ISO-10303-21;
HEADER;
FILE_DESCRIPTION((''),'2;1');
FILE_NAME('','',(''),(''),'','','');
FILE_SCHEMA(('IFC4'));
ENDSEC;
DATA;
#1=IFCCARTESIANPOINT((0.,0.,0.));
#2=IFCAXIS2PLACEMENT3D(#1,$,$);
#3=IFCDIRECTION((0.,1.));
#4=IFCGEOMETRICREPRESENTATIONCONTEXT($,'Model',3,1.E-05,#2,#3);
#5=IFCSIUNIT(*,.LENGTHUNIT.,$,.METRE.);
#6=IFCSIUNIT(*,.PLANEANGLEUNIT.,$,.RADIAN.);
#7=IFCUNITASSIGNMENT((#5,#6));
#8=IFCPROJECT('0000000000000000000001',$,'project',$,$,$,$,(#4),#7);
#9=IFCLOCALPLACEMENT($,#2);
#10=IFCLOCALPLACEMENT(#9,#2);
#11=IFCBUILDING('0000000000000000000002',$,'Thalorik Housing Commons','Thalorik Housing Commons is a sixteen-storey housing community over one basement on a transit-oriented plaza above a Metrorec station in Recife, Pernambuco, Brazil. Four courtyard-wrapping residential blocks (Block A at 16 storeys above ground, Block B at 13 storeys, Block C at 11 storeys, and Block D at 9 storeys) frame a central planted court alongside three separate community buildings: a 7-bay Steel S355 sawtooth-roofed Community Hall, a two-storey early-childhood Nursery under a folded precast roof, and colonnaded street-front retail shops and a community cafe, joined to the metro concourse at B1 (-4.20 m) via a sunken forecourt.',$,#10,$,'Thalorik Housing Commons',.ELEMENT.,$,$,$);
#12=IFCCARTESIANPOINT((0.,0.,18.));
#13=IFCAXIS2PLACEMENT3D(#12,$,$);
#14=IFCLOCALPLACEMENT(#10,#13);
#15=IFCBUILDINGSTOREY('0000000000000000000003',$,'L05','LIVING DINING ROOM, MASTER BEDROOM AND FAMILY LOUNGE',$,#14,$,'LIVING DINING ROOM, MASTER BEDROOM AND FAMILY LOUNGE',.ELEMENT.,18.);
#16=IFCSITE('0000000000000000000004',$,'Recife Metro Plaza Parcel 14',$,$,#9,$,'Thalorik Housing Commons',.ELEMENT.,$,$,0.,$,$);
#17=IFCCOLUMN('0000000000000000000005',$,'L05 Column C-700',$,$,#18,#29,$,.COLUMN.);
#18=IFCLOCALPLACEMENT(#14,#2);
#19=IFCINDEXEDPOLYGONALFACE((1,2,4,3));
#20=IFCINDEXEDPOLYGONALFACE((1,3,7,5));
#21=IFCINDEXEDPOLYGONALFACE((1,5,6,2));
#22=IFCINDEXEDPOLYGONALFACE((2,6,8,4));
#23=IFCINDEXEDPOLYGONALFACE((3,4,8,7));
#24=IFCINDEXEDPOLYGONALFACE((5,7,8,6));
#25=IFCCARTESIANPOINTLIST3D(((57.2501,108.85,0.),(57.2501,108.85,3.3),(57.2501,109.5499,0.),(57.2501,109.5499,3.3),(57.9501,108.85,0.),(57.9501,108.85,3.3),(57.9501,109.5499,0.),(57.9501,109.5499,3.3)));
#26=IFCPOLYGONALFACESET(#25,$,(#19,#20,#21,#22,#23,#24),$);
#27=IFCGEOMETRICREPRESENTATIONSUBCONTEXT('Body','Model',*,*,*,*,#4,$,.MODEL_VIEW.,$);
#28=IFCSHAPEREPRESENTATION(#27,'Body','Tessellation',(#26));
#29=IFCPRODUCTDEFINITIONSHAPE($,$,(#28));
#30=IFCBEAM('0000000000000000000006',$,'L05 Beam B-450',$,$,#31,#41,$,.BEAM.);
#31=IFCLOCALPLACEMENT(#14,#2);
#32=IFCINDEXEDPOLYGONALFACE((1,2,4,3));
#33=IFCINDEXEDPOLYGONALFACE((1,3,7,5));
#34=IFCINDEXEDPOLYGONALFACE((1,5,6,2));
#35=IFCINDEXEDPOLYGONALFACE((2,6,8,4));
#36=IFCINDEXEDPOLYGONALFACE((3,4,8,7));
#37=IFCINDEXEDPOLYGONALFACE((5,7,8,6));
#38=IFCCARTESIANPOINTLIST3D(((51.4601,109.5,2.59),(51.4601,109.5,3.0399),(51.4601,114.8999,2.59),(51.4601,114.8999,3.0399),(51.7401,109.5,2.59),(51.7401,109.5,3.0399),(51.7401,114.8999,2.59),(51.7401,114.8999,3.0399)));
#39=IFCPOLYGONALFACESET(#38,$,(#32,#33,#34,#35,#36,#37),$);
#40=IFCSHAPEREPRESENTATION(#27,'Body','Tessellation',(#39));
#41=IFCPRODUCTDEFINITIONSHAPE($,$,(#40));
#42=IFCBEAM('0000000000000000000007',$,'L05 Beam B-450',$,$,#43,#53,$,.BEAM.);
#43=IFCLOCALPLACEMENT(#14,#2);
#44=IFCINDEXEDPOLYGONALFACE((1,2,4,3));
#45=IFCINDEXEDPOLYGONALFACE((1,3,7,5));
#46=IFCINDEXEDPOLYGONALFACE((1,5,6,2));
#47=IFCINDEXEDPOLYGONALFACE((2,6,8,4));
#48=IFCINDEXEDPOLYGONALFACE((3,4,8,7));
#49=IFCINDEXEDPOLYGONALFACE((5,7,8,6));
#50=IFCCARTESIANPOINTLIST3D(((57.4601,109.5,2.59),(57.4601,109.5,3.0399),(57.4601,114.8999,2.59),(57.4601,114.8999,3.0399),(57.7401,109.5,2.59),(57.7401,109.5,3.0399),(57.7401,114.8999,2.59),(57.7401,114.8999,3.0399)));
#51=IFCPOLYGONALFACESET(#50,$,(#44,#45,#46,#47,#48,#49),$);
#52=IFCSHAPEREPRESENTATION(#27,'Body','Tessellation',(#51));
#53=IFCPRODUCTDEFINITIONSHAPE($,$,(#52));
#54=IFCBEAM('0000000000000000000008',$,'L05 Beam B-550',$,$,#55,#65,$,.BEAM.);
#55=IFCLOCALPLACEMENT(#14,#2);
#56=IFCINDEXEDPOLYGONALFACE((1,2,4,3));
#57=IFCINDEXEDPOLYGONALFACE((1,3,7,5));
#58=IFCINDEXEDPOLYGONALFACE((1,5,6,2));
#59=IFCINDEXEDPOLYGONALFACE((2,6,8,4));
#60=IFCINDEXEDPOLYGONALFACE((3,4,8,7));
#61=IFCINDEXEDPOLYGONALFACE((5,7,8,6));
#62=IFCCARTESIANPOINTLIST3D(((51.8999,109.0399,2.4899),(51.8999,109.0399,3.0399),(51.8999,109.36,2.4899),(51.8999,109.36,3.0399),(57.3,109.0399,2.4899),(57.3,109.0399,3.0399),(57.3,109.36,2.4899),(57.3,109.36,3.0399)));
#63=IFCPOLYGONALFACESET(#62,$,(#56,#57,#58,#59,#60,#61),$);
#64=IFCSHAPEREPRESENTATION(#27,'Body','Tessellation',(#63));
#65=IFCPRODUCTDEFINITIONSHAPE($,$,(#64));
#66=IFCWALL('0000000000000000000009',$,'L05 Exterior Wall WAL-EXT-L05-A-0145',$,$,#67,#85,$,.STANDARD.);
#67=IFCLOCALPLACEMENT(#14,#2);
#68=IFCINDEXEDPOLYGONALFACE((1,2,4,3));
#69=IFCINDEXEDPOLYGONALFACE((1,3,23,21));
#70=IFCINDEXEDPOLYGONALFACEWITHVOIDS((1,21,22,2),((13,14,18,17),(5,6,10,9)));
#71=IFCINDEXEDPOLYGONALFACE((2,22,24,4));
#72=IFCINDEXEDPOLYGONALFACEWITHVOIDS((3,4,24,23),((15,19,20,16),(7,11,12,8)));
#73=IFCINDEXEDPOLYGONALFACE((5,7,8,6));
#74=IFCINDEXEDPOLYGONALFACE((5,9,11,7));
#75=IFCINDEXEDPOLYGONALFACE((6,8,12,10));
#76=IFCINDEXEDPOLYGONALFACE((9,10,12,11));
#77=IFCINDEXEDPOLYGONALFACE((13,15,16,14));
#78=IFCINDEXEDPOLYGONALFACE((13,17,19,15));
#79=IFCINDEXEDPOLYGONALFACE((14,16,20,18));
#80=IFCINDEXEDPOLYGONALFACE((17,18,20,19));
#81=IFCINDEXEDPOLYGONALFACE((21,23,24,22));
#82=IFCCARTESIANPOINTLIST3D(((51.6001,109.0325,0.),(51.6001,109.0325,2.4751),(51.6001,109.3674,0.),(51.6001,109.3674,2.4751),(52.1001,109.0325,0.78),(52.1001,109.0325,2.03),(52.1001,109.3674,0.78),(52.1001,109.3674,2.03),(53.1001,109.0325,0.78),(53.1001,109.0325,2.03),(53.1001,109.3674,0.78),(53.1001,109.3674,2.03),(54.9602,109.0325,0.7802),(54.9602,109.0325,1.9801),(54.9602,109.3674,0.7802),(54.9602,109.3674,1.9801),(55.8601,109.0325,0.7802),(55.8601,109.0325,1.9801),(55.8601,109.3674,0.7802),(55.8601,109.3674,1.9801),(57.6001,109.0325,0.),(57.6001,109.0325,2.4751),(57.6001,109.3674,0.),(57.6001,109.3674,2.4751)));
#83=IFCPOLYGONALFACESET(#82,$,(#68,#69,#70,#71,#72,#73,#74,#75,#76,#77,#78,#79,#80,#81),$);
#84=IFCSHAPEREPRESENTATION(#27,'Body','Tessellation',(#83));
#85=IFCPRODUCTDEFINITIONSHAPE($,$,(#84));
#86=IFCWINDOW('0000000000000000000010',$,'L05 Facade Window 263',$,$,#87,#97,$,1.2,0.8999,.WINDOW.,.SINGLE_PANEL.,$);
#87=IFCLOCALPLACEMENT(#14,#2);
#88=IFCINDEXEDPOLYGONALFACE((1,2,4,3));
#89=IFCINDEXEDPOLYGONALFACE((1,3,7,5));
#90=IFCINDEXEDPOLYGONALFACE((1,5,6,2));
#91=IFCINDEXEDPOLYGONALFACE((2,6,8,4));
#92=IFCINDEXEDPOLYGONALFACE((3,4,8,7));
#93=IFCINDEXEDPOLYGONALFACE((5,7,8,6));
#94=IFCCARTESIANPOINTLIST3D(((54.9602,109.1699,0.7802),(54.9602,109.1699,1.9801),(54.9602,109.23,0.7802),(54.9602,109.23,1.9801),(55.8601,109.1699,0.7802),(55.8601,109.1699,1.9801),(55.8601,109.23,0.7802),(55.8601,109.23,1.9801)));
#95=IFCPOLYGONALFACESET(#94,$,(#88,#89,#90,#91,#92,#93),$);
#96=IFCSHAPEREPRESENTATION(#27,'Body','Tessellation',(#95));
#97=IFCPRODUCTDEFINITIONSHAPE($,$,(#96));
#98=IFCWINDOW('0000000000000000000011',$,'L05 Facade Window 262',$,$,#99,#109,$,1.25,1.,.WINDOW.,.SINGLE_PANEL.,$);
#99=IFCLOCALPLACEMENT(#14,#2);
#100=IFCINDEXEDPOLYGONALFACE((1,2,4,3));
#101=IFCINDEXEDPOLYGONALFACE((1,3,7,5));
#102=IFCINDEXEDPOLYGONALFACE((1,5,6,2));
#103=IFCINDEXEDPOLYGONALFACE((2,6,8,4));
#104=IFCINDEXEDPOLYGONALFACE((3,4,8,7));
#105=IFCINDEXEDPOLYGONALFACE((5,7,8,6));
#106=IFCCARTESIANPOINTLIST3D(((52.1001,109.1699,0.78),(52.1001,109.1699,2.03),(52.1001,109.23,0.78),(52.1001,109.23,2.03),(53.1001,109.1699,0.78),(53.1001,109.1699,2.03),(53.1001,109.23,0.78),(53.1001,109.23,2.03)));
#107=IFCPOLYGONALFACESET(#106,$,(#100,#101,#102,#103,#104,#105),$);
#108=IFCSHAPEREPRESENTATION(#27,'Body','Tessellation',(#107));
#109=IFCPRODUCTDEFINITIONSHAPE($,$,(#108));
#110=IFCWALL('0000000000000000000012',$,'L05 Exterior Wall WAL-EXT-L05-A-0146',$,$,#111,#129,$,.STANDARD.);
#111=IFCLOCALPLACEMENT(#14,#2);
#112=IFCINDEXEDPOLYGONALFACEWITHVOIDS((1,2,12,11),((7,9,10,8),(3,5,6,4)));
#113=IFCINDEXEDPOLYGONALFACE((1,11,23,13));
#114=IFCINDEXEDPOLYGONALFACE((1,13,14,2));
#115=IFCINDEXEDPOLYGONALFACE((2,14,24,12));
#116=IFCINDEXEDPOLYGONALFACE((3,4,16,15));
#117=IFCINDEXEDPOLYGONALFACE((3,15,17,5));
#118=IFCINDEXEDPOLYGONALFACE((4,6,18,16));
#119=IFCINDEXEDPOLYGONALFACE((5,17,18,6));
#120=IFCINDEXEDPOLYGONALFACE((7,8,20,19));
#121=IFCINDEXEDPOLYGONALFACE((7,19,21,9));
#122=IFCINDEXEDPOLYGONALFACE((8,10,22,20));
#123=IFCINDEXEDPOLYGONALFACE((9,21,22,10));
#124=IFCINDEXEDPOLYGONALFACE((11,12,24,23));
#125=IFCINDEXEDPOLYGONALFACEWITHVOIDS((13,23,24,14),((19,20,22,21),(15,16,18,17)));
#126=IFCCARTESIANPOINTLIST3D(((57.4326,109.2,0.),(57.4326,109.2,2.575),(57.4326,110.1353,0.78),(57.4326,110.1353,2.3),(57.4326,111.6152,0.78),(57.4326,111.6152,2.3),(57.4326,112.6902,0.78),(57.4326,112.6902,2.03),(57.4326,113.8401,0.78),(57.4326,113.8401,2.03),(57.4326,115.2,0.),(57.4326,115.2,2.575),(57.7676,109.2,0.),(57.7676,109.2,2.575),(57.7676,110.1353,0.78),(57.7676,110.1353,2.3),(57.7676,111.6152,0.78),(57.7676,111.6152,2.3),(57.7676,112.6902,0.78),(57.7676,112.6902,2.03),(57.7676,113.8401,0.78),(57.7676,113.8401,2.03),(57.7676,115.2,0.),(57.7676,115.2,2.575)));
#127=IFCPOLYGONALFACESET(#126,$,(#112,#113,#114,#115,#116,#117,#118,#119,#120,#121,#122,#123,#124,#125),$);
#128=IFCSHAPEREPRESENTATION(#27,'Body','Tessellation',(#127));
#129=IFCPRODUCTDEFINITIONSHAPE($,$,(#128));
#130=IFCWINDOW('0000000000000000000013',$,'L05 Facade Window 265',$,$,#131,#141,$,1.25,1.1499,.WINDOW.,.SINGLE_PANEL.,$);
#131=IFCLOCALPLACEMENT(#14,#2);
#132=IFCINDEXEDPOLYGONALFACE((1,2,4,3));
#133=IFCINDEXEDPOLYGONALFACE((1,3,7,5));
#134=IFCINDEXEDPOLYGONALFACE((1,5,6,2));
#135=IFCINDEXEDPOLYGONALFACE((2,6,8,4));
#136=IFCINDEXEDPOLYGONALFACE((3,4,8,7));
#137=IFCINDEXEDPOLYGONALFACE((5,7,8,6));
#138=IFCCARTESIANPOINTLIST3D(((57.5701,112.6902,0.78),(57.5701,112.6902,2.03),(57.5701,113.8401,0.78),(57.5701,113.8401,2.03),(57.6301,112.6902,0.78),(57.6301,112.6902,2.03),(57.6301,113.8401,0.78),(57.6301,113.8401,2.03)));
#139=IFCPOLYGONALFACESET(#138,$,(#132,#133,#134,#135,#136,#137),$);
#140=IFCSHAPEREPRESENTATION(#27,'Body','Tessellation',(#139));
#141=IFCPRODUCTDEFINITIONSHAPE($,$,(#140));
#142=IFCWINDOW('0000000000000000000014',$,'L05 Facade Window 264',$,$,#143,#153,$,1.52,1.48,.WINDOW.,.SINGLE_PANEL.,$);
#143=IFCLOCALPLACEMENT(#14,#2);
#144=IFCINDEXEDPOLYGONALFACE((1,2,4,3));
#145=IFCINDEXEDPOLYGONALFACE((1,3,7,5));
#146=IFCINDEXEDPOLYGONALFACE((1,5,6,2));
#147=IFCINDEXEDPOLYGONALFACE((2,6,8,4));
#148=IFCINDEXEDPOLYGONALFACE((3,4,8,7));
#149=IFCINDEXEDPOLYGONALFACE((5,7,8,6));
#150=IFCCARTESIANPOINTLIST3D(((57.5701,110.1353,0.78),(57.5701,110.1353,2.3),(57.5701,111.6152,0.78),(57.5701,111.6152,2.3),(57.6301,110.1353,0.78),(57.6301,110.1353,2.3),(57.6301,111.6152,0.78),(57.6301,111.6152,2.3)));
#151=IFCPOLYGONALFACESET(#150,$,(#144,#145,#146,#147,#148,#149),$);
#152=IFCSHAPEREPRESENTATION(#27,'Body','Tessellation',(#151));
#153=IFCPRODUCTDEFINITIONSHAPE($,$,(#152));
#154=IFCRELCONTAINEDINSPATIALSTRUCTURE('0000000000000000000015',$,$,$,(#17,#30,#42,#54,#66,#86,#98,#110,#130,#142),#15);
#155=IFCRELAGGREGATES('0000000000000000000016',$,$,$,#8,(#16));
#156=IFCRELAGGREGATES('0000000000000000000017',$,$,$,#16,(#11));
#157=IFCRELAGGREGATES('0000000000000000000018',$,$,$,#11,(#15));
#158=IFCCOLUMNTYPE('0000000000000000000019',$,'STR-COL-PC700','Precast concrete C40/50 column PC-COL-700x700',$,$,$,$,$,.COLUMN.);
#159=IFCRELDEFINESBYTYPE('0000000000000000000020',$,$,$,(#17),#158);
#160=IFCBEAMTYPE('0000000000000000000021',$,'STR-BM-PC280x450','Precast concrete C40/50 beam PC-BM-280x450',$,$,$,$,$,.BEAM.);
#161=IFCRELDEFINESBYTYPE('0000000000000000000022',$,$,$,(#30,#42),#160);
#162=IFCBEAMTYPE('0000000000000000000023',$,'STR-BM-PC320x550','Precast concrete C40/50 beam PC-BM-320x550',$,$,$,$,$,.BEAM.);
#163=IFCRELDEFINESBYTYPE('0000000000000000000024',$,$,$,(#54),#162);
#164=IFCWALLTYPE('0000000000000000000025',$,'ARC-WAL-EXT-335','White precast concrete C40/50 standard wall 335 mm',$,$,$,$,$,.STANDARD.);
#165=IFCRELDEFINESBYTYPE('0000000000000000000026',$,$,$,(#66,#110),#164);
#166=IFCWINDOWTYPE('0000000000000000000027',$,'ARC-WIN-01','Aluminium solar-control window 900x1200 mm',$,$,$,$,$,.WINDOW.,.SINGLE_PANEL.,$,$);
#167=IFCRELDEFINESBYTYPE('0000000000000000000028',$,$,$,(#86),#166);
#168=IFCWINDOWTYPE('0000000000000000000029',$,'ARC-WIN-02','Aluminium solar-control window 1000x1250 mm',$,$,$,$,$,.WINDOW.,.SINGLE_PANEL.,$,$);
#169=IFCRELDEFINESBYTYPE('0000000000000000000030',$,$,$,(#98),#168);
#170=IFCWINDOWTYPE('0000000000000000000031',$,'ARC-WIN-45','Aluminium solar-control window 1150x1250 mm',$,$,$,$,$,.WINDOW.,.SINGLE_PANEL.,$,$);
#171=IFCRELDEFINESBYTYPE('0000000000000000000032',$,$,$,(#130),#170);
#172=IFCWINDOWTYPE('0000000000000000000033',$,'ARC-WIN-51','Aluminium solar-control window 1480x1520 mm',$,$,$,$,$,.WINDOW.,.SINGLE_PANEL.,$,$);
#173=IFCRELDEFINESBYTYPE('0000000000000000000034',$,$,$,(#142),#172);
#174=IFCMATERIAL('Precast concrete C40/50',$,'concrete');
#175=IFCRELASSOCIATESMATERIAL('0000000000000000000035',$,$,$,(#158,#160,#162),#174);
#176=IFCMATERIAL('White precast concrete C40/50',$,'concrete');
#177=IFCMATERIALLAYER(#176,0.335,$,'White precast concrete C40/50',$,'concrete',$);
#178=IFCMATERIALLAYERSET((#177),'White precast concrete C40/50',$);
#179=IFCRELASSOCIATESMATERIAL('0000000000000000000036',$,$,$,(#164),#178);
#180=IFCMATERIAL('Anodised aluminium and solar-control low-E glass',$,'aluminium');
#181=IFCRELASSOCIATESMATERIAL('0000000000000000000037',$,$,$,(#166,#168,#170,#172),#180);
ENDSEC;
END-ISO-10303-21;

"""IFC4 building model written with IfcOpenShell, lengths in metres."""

from ifc_helpers import new_model, si_unit, direction, frame, frame_2d, origin, origin_2d, place, context, subcontext, project, spatial, rectangle, extrude, material, layer, layer_set, material_profile, profile_set, type_object, element, fill, save


model = new_model("IFC4")

# Units and contexts
model_context = context("Model", 3, precision=1e-05, world=origin(), true_north=direction((0.0, 1.0)))
body_context = subcontext(model_context, "Body", "Model", "MODEL_VIEW")
ifc_project = project(units=[si_unit("LENGTHUNIT", "METRE"), si_unit("PLANEANGLEUNIT", "RADIAN")], contexts=[model_context])

# Site, building, storey
site_placement = place(None, origin())
site = spatial("IfcSite", under=ifc_project, at=site_placement, Name="Recife Metro Plaza Parcel 14", LongName="Thalorik Housing Commons", CompositionType="ELEMENT", RefElevation=0.0)
building_placement = place(site_placement, origin())
building = spatial("IfcBuilding", under=site, at=building_placement, Name="Thalorik Housing Commons", Description="Thalorik Housing Commons is a sixteen-storey housing community over one basement on a transit-oriented plaza above a Metrorec station in Recife, Pernambuco, Brazil. Four courtyard-wrapping residential blocks (Block A at 16 storeys above ground, Block B at 13 storeys, Block C at 11 storeys, and Block D at 9 storeys) frame a central planted court alongside three separate community buildings: a 7-bay Steel S355 sawtooth-roofed Community Hall, a two-storey early-childhood Nursery under a folded precast roof, and colonnaded street-front retail shops and a community cafe, joined to the metro concourse at B1 (-4.20 m) via a sunken forecourt.", LongName="Thalorik Housing Commons", CompositionType="ELEMENT")
storey_placement = place(building_placement, frame((0.0, 0.0, 18.0)))
storey = spatial("IfcBuildingStorey", under=building, at=storey_placement, Name="L05", Description="LIVING DINING ROOM, MASTER BEDROOM AND FAMILY LOUNGE", LongName="LIVING DINING ROOM, MASTER BEDROOM AND FAMILY LOUNGE", CompositionType="ELEMENT", Elevation=18.0)

# Column
ifc_material_1 = material(Name="Precast concrete C40/50", Category="concrete")
ifc_material_profile_1 = material_profile(ifc_material_1, rectangle(XDim=0.7, YDim=0.7, at=origin_2d()), Name="PC 700x700", Category="concrete")
ifc_profile_set_1 = profile_set([ifc_material_profile_1], Name="Precast concrete C40/50")
column_type = type_object("IfcColumnType", Name="STR-COL-PC700", Description="Precast concrete C40/50 column PC-COL-700x700", PredefinedType="COLUMN", material=ifc_profile_set_1)
column_placement = place(storey_placement, frame((57.6001, 109.2, 0.0), z_axis=(0.0, 0.0, 1.0), x_axis=(1.0, 0.0, 0.0)))
element("IfcColumn", 1, at=column_placement, inside=storey, type_object=column_type, Name="L05 Column C-700", PredefinedType="COLUMN", context=body_context, shape_type="SweptSolid", body=[
    extrude(rectangle(XDim=0.7, YDim=0.7, at=origin_2d()), origin(), (0.0, 0.0, 1.0), 3.3),
])

# Beams
ifc_material_profile_2 = material_profile(ifc_material_1, rectangle(XDim=0.28, YDim=0.45, at=origin_2d()), Name="PC 280x450", Category="concrete")
ifc_profile_set_2 = profile_set([ifc_material_profile_2], Name="Precast concrete C40/50")
beam_type_1 = type_object("IfcBeamType", Name="STR-BM-PC280x450", Description="Precast concrete C40/50 beam PC-BM-280x450", PredefinedType="BEAM", material=ifc_profile_set_2)
for number, where, z_axis, x_axis, name in (
    (2, (51.6001, 109.5, 2.8149), (0.0, 1.0, 0.0), (-1.0, 0.0, 0.0), "L05 Beam B-450"),
    (3, (57.6001, 109.5, 2.8149), (0.0, 1.0, 0.0), (-1.0, 0.0, 0.0), "L05 Beam B-450"),
):
    element("IfcBeam", number, at=place(storey_placement, frame(where, z_axis=z_axis, x_axis=x_axis)), inside=storey, type_object=beam_type_1, Name=name, PredefinedType="BEAM", context=body_context, shape_type="SweptSolid", body=[
        extrude(rectangle(XDim=0.28, YDim=0.45, at=origin_2d()), origin(), (0.0, 0.0, 1.0), 5.3999),
    ])
ifc_material_profile_3 = material_profile(ifc_material_1, rectangle(XDim=0.3201, YDim=0.55, at=origin_2d()), Name="PC 320x550", Category="concrete")
ifc_profile_set_3 = profile_set([ifc_material_profile_3], Name="Precast concrete C40/50")
beam_type_2 = type_object("IfcBeamType", Name="STR-BM-PC320x550", Description="Precast concrete C40/50 beam PC-BM-320x550", PredefinedType="BEAM", material=ifc_profile_set_3)
beam_placement = place(storey_placement, frame((51.8999, 109.2, 2.7649), z_axis=(1.0, 0.0, 0.0), x_axis=(0.0, 1.0, 0.0)))
element("IfcBeam", 4, at=beam_placement, inside=storey, type_object=beam_type_2, Name="L05 Beam B-550", PredefinedType="BEAM", context=body_context, shape_type="SweptSolid", body=[
    extrude(rectangle(XDim=0.3201, YDim=0.55, at=origin_2d()), origin(), (0.0, 0.0, 1.0), 5.4001),
])

# Walls, openings, windows
ifc_material_2 = material(Name="White precast concrete C40/50", Category="concrete")
ifc_layer_1 = layer(ifc_material_2, 0.335, Name="White precast concrete C40/50", Category="concrete")
ifc_layer_set_1 = layer_set([ifc_layer_1], Name="White precast concrete C40/50")
wall_type_1 = type_object("IfcWallType", Name="ARC-WAL-EXT-335", Description="White precast concrete C40/50 standard wall 335 mm", PredefinedType="STANDARD", material=ifc_layer_set_1)
wall_1_placement = place(storey_placement, frame((51.6001, 109.2, 0.0), z_axis=(0.0, 0.0, 1.0), x_axis=(1.0, 0.0, 0.0)))
wall_1 = element("IfcWall", 5, at=wall_1_placement, inside=storey, type_object=wall_type_1, Name="L05 Exterior Wall WAL-EXT-L05-A-0145", PredefinedType="STANDARD", context=body_context, shape_type="SweptSolid", body=[
    extrude(rectangle(XDim=6.0, YDim=0.335, at=frame_2d((3.0, 0.0))), origin(), (0.0, 0.0, 1.0), 2.4751),
])
opening_1_placement = place(wall_1_placement, frame((0.5, 0.0, 0.78)))
opening_1 = element("IfcOpeningElement", 6, at=opening_1_placement, cuts=wall_1, PredefinedType="OPENING", context=body_context, shape_type="SweptSolid", body=[
    extrude(rectangle(XDim=1.0, YDim=1.25, at=frame_2d((0.5, 0.625))), frame((0.0, 0.1775, 0.0), z_axis=(0.0, -1.0, 0.0), x_axis=(1.0, 0.0, 0.0)), (0.0, 0.0, 1.0), 0.355),
])
opening_2_placement = place(wall_1_placement, frame((3.3601, 0.0, 0.78)))
opening_2 = element("IfcOpeningElement", 7, at=opening_2_placement, cuts=wall_1, PredefinedType="OPENING", context=body_context, shape_type="SweptSolid", body=[
    extrude(rectangle(XDim=0.8999, YDim=1.2, at=frame_2d((0.45, 0.6001))), frame((0.0, 0.1775, 0.0), z_axis=(0.0, -1.0, 0.0), x_axis=(1.0, 0.0, 0.0)), (0.0, 0.0, 1.0), 0.355),
])
ifc_material_3 = material(Name="Anodised aluminium and solar-control low-E glass", Category="aluminium")
window_type_1 = type_object("IfcWindowType", Name="ARC-WIN-01", Description="Aluminium solar-control window 900x1200 mm", PartitioningType="SINGLE_PANEL", PredefinedType="WINDOW", material=ifc_material_3)
window_1_placement = place(opening_2_placement, origin())
window_1 = element("IfcWindow", 8, at=window_1_placement, inside=storey, type_object=window_type_1, Name="L05 Facade Window 263", OverallHeight=1.2, OverallWidth=0.8999, PartitioningType="SINGLE_PANEL", PredefinedType="WINDOW", context=body_context, shape_type="SweptSolid", body=[
    extrude(rectangle(XDim=0.8999, YDim=1.2, at=frame_2d((0.45, 0.6001))), frame((0.0, 0.03, 0.0), z_axis=(0.0, -1.0, 0.0), x_axis=(1.0, 0.0, 0.0)), (0.0, 0.0, 1.0), 0.0601),
])
fill(opening_2, window_1)
window_type_2 = type_object("IfcWindowType", Name="ARC-WIN-02", Description="Aluminium solar-control window 1000x1250 mm", PartitioningType="SINGLE_PANEL", PredefinedType="WINDOW", material=ifc_material_3)
window_2_placement = place(opening_1_placement, origin())
window_2 = element("IfcWindow", 9, at=window_2_placement, inside=storey, type_object=window_type_2, Name="L05 Facade Window 262", OverallHeight=1.25, OverallWidth=1.0, PartitioningType="SINGLE_PANEL", PredefinedType="WINDOW", context=body_context, shape_type="SweptSolid", body=[
    extrude(rectangle(XDim=1.0, YDim=1.25, at=frame_2d((0.5, 0.625))), frame((0.0, 0.03, 0.0), z_axis=(0.0, -1.0, 0.0), x_axis=(1.0, 0.0, 0.0)), (0.0, 0.0, 1.0), 0.0601),
])
fill(opening_1, window_2)
wall_2_placement = place(storey_placement, frame((57.6001, 109.2, 0.0), z_axis=(0.0, 0.0, 1.0), x_axis=(0.0, 1.0, 0.0)))
wall_2 = element("IfcWall", 10, at=wall_2_placement, inside=storey, type_object=wall_type_1, Name="L05 Exterior Wall WAL-EXT-L05-A-0146", PredefinedType="STANDARD", context=body_context, shape_type="SweptSolid", body=[
    extrude(rectangle(XDim=6.0, YDim=0.335, at=frame_2d((3.0, 0.0))), origin(), (0.0, 0.0, 1.0), 2.575),
])
opening_3_placement = place(wall_2_placement, frame((0.9353, 0.0, 0.78)))
opening_3 = element("IfcOpeningElement", 11, at=opening_3_placement, cuts=wall_2, PredefinedType="OPENING", context=body_context, shape_type="SweptSolid", body=[
    extrude(rectangle(XDim=1.48, YDim=1.52, at=frame_2d((0.74, 0.76))), frame((0.0, 0.1775, 0.0), z_axis=(0.0, -1.0, 0.0), x_axis=(1.0, 0.0, 0.0)), (0.0, 0.0, 1.0), 0.355),
])
opening_4_placement = place(wall_2_placement, frame((3.4902, 0.0, 0.78)))
opening_4 = element("IfcOpeningElement", 12, at=opening_4_placement, cuts=wall_2, PredefinedType="OPENING", context=body_context, shape_type="SweptSolid", body=[
    extrude(rectangle(XDim=1.1499, YDim=1.25, at=frame_2d((0.575, 0.625))), frame((0.0, 0.1775, 0.0), z_axis=(0.0, -1.0, 0.0), x_axis=(1.0, 0.0, 0.0)), (0.0, 0.0, 1.0), 0.355),
])
window_type_3 = type_object("IfcWindowType", Name="ARC-WIN-45", Description="Aluminium solar-control window 1150x1250 mm", PartitioningType="SINGLE_PANEL", PredefinedType="WINDOW", material=ifc_material_3)
window_3_placement = place(opening_4_placement, origin())
window_3 = element("IfcWindow", 13, at=window_3_placement, inside=storey, type_object=window_type_3, Name="L05 Facade Window 265", OverallHeight=1.25, OverallWidth=1.1499, PartitioningType="SINGLE_PANEL", PredefinedType="WINDOW", context=body_context, shape_type="SweptSolid", body=[
    extrude(rectangle(XDim=1.1499, YDim=1.25, at=frame_2d((0.575, 0.625))), frame((0.0, 0.03, 0.0), z_axis=(0.0, -1.0, 0.0), x_axis=(1.0, 0.0, 0.0)), (0.0, 0.0, 1.0), 0.0601),
])
fill(opening_4, window_3)
window_type_4 = type_object("IfcWindowType", Name="ARC-WIN-51", Description="Aluminium solar-control window 1480x1520 mm", PartitioningType="SINGLE_PANEL", PredefinedType="WINDOW", material=ifc_material_3)
window_4_placement = place(opening_3_placement, origin())
window_4 = element("IfcWindow", 14, at=window_4_placement, inside=storey, type_object=window_type_4, Name="L05 Facade Window 264", OverallHeight=1.52, OverallWidth=1.48, PartitioningType="SINGLE_PANEL", PredefinedType="WINDOW", context=body_context, shape_type="SweptSolid", body=[
    extrude(rectangle(XDim=1.48, YDim=1.52, at=frame_2d((0.74, 0.76))), frame((0.0, 0.03, 0.0), z_axis=(0.0, -1.0, 0.0), x_axis=(1.0, 0.0, 0.0)), (0.0, 0.0, 1.0), 0.0601),
])
fill(opening_3, window_4)

save(model, "model.ifc")
